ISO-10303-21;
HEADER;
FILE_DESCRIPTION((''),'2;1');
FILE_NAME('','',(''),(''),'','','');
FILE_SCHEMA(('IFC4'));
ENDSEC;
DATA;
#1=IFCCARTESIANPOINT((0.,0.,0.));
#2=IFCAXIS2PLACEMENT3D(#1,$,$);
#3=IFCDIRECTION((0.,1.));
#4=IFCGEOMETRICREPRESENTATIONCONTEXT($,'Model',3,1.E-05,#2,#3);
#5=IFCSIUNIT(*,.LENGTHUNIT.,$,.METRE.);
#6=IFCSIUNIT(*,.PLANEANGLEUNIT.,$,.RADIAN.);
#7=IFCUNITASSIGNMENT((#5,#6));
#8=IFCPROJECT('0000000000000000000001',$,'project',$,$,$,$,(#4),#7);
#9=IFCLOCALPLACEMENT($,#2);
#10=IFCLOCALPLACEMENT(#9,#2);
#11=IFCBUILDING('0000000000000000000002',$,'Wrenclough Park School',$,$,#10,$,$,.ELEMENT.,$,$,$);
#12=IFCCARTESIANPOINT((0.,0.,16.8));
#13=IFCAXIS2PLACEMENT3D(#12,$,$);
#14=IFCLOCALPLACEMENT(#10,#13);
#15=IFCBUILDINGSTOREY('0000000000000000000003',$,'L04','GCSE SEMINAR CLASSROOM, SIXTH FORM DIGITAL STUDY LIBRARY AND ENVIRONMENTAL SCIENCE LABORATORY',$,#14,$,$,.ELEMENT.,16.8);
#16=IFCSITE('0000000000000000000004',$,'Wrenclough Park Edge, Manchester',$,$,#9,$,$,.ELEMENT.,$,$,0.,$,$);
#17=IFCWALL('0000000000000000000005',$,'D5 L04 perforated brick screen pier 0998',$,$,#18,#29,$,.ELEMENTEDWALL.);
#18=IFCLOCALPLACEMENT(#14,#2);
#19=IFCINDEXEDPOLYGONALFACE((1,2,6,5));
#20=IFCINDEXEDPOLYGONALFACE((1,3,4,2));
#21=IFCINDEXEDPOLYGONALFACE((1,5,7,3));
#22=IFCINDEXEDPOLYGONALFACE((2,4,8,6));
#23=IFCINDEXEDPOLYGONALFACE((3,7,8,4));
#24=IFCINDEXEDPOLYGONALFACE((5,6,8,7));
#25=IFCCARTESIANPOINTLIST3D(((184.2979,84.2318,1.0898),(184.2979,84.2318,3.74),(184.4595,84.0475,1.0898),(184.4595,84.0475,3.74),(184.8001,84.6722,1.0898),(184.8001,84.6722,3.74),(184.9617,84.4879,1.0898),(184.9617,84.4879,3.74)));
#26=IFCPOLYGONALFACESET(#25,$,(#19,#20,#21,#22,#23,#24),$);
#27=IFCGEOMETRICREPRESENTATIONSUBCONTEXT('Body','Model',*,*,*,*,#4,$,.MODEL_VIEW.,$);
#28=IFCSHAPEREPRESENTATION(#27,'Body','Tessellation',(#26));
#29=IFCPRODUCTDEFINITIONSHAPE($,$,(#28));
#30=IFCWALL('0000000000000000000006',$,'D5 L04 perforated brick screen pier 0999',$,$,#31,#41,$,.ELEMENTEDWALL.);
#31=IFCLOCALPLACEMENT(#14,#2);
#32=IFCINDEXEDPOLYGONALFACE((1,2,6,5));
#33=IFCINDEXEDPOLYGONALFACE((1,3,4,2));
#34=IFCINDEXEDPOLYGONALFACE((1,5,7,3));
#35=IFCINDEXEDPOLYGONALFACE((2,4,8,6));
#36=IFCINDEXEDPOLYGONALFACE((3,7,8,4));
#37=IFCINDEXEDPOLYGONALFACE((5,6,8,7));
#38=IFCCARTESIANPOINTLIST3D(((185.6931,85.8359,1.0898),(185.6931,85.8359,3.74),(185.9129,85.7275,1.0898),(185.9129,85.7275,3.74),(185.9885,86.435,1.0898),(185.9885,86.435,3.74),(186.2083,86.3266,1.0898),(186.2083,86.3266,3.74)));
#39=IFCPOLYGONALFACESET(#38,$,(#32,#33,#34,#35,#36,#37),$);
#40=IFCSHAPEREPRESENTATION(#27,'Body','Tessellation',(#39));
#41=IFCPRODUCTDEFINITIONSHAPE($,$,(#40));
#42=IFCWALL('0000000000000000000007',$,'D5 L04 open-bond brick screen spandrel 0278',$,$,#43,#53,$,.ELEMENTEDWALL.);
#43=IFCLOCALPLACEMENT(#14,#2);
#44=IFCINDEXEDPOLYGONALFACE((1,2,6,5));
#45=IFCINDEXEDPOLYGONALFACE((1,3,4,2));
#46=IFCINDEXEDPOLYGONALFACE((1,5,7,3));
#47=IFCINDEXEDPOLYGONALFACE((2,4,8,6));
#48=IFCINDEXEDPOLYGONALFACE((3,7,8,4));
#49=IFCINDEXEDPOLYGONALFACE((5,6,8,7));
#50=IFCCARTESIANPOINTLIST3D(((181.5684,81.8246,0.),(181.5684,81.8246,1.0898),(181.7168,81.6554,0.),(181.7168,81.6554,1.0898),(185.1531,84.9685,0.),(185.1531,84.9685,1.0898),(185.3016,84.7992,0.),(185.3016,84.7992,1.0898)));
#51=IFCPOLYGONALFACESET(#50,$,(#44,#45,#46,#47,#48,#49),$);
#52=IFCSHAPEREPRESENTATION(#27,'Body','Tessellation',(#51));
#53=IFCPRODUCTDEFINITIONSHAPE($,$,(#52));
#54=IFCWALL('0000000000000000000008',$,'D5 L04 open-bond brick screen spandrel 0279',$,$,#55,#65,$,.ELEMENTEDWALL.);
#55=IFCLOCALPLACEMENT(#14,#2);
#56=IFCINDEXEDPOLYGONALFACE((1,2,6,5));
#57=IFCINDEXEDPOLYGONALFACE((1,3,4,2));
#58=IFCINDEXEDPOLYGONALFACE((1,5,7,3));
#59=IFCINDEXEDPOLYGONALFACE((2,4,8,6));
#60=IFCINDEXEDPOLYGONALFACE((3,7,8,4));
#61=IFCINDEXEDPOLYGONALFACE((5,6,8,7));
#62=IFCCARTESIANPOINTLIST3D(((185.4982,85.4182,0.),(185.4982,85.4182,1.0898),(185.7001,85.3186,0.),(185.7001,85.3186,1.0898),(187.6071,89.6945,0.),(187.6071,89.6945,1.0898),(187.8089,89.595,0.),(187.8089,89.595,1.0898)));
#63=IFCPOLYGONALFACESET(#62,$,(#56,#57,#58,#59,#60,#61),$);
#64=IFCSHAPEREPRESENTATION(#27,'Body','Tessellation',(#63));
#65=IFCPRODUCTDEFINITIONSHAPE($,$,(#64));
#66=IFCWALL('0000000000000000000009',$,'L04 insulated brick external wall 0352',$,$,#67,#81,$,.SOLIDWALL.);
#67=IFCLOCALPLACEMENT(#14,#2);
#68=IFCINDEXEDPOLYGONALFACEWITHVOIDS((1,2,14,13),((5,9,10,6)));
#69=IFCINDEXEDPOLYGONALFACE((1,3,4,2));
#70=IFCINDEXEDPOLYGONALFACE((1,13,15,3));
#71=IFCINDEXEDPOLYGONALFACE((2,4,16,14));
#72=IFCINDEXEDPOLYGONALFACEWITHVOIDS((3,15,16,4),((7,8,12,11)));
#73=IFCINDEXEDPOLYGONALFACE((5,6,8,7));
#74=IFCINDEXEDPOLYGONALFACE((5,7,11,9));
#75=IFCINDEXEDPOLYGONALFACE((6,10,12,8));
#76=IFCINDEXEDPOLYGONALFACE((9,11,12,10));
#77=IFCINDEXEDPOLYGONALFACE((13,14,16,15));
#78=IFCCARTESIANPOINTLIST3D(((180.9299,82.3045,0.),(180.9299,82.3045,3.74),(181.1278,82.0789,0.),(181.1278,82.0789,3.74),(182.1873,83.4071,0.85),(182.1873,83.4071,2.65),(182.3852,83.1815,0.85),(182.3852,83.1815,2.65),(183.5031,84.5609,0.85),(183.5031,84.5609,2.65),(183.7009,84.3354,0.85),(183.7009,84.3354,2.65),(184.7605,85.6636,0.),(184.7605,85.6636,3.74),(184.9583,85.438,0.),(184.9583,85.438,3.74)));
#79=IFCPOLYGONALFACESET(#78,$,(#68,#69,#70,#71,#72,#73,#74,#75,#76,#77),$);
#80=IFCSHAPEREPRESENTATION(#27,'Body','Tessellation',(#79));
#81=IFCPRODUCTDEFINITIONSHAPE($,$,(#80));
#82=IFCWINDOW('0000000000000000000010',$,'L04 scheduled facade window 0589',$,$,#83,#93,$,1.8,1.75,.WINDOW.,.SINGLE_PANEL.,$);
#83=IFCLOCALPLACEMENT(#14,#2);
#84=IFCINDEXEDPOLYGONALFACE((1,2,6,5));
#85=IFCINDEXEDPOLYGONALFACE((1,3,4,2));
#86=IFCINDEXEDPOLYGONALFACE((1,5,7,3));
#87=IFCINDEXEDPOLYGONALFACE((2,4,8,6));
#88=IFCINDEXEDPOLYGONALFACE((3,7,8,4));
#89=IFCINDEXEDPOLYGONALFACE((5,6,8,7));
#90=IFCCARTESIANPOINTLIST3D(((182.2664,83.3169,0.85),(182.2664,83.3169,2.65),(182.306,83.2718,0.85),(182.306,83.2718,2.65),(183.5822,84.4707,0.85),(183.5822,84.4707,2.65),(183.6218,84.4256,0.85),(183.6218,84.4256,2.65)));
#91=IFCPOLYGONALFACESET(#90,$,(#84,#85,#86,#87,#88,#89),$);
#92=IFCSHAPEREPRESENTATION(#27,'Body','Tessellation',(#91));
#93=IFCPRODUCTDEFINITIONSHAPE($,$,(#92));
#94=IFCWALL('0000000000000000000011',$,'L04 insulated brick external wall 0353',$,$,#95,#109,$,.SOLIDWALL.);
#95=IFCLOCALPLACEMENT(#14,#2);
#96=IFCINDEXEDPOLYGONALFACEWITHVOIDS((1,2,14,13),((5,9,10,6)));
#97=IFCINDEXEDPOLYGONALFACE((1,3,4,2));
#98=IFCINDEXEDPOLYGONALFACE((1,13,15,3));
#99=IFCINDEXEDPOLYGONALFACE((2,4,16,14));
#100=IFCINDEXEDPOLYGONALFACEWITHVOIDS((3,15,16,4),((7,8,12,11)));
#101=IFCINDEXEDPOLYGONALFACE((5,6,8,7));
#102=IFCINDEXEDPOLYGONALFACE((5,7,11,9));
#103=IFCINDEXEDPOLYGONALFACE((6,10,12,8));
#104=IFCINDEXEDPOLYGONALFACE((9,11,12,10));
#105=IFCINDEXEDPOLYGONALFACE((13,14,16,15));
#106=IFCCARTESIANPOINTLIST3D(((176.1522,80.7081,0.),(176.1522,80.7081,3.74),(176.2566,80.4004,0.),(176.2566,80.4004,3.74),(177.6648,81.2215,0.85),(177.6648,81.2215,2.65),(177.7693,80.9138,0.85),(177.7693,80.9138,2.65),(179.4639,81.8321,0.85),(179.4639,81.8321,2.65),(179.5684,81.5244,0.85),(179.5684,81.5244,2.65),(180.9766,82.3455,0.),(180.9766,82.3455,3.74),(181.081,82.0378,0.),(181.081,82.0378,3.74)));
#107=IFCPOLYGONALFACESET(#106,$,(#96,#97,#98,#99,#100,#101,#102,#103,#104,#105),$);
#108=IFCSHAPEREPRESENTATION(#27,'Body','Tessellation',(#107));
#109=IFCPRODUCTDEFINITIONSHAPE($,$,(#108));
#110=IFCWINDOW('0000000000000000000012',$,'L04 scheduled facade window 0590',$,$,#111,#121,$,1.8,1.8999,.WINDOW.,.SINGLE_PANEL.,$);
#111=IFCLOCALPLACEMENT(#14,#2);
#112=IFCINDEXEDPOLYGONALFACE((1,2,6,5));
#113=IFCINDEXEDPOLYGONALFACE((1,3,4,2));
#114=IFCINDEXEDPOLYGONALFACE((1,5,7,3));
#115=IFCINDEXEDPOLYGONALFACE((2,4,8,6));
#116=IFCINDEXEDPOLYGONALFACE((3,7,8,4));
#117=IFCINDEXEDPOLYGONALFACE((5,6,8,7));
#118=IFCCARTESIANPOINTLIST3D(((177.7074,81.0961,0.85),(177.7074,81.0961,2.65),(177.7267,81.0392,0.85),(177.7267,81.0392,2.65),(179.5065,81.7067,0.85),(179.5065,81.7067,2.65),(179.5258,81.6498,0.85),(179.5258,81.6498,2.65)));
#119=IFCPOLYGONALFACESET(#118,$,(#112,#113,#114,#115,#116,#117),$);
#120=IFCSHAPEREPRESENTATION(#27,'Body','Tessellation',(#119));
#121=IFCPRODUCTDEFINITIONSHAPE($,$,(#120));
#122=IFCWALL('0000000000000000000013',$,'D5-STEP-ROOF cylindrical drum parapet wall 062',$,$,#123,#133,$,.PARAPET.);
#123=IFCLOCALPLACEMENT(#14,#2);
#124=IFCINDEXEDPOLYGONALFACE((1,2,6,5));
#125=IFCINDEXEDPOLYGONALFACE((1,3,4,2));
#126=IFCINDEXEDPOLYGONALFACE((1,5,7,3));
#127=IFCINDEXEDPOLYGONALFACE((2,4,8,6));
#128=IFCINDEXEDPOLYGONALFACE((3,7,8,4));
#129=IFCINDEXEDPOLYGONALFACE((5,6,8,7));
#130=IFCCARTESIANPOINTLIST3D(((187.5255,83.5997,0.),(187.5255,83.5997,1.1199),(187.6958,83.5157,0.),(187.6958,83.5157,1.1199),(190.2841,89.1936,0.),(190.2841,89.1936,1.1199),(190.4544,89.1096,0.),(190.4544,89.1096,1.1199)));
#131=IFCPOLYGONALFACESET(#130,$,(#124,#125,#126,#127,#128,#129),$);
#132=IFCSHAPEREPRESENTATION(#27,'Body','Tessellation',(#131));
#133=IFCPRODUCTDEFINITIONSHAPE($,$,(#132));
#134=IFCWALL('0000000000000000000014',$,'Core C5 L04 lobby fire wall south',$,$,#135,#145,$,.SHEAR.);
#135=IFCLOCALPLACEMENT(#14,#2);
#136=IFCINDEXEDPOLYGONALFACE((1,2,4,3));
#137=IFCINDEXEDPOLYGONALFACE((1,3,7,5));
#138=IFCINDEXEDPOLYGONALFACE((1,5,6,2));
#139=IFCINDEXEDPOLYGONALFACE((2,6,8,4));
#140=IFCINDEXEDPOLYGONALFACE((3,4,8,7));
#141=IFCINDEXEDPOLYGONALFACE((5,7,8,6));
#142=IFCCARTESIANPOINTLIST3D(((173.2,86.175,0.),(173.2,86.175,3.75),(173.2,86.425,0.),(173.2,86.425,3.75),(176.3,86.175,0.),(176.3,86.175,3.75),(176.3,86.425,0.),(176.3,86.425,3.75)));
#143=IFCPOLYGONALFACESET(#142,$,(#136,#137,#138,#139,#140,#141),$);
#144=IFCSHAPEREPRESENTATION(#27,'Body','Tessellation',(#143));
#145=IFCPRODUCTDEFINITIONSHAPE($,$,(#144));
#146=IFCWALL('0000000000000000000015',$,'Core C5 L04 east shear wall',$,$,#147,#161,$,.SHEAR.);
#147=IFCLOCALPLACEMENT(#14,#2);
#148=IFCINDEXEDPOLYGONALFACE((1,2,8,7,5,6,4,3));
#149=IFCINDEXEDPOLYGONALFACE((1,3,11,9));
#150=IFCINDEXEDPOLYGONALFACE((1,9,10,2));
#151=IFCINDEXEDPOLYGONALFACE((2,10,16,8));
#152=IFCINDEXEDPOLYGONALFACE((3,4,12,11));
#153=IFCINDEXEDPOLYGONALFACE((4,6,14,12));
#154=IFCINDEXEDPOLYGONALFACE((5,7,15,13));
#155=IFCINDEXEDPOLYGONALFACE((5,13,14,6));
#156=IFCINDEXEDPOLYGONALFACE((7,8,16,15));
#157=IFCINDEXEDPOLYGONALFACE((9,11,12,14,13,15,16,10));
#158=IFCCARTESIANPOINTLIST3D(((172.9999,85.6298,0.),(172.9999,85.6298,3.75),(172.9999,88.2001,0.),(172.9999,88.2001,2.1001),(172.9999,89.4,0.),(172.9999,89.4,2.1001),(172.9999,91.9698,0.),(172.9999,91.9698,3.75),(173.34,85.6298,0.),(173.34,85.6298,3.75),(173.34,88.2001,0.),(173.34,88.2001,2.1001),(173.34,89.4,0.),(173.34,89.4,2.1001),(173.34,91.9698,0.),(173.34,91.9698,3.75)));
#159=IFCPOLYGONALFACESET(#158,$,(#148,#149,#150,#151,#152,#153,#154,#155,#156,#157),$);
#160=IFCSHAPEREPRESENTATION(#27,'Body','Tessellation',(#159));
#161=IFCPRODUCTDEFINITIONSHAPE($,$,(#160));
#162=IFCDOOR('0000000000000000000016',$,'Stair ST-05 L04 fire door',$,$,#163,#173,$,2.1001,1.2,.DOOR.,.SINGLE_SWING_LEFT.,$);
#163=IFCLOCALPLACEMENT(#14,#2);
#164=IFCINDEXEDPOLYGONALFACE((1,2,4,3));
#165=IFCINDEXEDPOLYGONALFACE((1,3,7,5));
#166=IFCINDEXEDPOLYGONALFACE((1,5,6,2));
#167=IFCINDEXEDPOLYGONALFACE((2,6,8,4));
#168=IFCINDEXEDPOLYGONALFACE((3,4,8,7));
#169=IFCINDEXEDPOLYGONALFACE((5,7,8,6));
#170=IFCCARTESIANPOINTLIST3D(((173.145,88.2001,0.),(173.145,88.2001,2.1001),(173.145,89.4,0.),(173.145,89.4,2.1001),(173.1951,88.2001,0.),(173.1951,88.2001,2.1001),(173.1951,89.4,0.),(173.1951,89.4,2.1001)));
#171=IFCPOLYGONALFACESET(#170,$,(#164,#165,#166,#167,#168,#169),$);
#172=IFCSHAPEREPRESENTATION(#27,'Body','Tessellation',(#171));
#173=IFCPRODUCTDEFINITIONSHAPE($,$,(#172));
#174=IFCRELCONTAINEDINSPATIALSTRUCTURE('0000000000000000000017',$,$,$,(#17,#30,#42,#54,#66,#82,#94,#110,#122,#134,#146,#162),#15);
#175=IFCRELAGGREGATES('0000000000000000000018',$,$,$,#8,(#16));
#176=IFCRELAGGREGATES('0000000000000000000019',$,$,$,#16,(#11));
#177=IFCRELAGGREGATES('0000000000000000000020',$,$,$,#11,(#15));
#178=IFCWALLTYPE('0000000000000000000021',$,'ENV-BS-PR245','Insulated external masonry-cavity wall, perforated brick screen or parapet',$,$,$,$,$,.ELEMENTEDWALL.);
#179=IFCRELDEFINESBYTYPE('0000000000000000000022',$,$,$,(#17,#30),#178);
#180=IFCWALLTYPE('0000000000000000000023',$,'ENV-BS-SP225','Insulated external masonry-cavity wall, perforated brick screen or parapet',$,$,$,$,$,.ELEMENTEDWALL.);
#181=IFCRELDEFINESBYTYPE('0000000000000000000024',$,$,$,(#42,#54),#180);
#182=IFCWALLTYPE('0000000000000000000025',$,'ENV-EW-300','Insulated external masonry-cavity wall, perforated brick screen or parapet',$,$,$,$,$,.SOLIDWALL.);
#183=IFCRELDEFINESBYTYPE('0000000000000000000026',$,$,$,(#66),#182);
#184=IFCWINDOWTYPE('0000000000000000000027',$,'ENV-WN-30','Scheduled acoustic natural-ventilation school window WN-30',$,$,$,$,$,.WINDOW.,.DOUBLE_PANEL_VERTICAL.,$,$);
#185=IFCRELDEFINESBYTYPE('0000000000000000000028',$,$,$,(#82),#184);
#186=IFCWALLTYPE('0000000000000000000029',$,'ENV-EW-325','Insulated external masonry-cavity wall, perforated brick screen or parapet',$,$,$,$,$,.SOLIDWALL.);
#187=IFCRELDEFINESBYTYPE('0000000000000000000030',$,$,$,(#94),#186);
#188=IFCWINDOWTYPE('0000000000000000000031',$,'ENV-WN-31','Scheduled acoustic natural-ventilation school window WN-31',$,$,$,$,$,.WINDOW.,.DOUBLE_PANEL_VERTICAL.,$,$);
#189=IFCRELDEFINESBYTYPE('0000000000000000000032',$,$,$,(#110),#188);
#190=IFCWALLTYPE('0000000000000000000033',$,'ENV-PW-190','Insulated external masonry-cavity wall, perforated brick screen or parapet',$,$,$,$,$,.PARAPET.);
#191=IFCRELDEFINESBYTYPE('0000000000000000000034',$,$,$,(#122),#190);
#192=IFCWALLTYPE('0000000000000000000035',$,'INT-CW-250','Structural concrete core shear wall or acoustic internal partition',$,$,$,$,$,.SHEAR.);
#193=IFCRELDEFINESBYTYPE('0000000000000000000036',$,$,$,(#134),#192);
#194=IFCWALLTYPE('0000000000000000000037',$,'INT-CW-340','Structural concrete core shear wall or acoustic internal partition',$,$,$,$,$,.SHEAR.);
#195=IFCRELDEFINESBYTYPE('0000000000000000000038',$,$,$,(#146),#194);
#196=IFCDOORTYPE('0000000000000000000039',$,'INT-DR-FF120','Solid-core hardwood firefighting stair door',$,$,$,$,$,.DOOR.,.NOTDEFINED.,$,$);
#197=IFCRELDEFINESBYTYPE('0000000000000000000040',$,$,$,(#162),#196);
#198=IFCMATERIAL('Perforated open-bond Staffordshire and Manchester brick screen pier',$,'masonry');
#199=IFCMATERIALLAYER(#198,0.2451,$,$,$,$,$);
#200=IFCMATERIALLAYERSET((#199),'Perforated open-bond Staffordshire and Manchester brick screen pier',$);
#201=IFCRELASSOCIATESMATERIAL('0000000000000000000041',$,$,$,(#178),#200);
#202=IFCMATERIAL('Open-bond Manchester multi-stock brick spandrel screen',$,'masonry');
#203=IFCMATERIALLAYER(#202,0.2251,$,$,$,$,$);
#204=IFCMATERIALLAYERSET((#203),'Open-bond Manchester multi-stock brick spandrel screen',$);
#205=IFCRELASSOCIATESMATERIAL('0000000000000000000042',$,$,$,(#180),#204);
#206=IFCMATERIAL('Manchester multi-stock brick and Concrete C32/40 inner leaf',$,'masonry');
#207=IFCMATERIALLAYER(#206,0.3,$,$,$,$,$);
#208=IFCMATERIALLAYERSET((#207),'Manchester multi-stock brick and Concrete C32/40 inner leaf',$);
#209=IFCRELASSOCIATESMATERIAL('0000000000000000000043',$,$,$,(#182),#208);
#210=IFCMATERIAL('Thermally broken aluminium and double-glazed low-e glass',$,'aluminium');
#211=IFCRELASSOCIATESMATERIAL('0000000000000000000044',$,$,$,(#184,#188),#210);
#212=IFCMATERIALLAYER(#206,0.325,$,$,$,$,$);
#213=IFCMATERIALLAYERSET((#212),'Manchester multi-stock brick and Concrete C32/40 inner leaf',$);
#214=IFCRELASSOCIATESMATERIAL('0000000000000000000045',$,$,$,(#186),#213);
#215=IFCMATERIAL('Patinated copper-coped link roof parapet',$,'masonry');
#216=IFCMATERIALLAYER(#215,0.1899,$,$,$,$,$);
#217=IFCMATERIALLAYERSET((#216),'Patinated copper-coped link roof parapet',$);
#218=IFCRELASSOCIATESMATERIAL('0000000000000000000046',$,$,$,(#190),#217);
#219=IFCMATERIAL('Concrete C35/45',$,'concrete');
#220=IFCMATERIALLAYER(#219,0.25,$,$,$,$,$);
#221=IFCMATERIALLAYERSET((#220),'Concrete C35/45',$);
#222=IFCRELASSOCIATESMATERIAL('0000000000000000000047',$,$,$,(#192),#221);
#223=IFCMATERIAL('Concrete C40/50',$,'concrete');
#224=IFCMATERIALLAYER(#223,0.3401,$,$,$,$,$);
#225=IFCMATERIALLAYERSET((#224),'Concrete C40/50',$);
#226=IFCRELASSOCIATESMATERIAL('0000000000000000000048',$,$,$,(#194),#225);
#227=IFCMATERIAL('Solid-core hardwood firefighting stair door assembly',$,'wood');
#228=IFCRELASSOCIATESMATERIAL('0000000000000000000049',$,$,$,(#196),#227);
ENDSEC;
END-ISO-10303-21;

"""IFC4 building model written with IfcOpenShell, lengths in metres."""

from ifc_helpers import new_model, si_unit, direction, frame, frame_2d, origin, place, context, subcontext, project, spatial, rectangle, extrude, material, layer, layer_set, type_object, element, fill, save


model = new_model("IFC4")

# Units and contexts
model_context = context("Model", 3, precision=1e-05, world=origin(), true_north=direction((0.0, 1.0)))
body_context = subcontext(model_context, "Body", "Model", "MODEL_VIEW")
ifc_project = project(units=[si_unit("LENGTHUNIT", "METRE"), si_unit("PLANEANGLEUNIT", "RADIAN")], contexts=[model_context])

# Site, building, storey
site_placement = place(None, origin())
site = spatial("IfcSite", under=ifc_project, at=site_placement, Name="Wrenclough Park Edge, Manchester", CompositionType="ELEMENT", RefElevation=0.0)
building_placement = place(site_placement, origin())
building = spatial("IfcBuilding", under=site, at=building_placement, Name="Wrenclough Park School", CompositionType="ELEMENT")
storey_placement = place(building_placement, frame((0.0, 0.0, 16.8)))
storey = spatial("IfcBuildingStorey", under=building, at=storey_placement, Name="L04", Description="GCSE SEMINAR CLASSROOM, SIXTH FORM DIGITAL STUDY LIBRARY AND ENVIRONMENTAL SCIENCE LABORATORY", CompositionType="ELEMENT", Elevation=16.8)

# Shared definitions
ifc_material_1 = material(Name="Concrete C40/50", Category="concrete")

# Shared definitions
ifc_material_2 = material(Name="Concrete C35/45", Category="concrete")

# Walls
ifc_material_3 = material(Name="Perforated open-bond Staffordshire and Manchester brick screen pier", Category="masonry")
ifc_layer_1 = layer(ifc_material_3, 0.2451)
ifc_layer_set_1 = layer_set([ifc_layer_1], Name="Perforated open-bond Staffordshire and Manchester brick screen pier")
wall_type_1 = type_object("IfcWallType", Name="ENV-BS-PR245", Description="Insulated external masonry-cavity wall, perforated brick screen or parapet", PredefinedType="ELEMENTEDWALL", material=ifc_layer_set_1)
for number, where, z_axis, x_axis, name in (
    (1, (184.3787, 84.1396, 1.0898), (0.0, 0.0, 1.0), (0.751829, 0.659358, 0.0), "D5 L04 perforated brick screen pier 0998"),
    (2, (185.803, 85.7817, 1.0898), (0.0, 0.0, 1.0), (0.442236, 0.896899, 0.0), "D5 L04 perforated brick screen pier 0999"),
):
    element("IfcWall", number, at=place(storey_placement, frame(where, z_axis=z_axis, x_axis=x_axis)), inside=storey, type_object=wall_type_1, Name=name, PredefinedType="ELEMENTEDWALL", context=body_context, shape_type="SweptSolid", body=[
        extrude(rectangle(XDim=0.668, YDim=0.2451, at=frame_2d((0.334, 0.0))), origin(), (0.0, 0.0, 1.0), 2.6501),
    ])
ifc_material_4 = material(Name="Open-bond Manchester multi-stock brick spandrel screen", Category="masonry")
ifc_layer_2 = layer(ifc_material_4, 0.2251)
ifc_layer_set_2 = layer_set([ifc_layer_2], Name="Open-bond Manchester multi-stock brick spandrel screen")
wall_type_2 = type_object("IfcWallType", Name="ENV-BS-SP225", Description="Insulated external masonry-cavity wall, perforated brick screen or parapet", PredefinedType="ELEMENTEDWALL", material=ifc_layer_set_2)
for number, where, z_axis, x_axis, name in (
    (3, (181.6426, 81.74, 0.0), (0.0, 0.0, 1.0), (0.751831, 0.659356, 0.0), "D5 L04 open-bond brick screen spandrel 0278"),
    (4, (185.5991, 85.3684, 0.0), (0.0, 0.0, 1.0), (0.442291, 0.896871, 0.0), "D5 L04 open-bond brick screen spandrel 0279"),
):
    element("IfcWall", number, at=place(storey_placement, frame(where, z_axis=z_axis, x_axis=x_axis)), inside=storey, type_object=wall_type_2, Name=name, PredefinedType="ELEMENTEDWALL", context=body_context, shape_type="SweptSolid", body=[
        extrude(rectangle(XDim=4.7681, YDim=0.2251, at=frame_2d((2.384, 0.0))), origin(), (0.0, 0.0, 1.0), 1.0898),
    ])

# Walls, openings, windows
ifc_material_5 = material(Name="Manchester multi-stock brick and Concrete C32/40 inner leaf", Category="masonry")
ifc_layer_3 = layer(ifc_material_5, 0.3)
ifc_layer_set_3 = layer_set([ifc_layer_3], Name="Manchester multi-stock brick and Concrete C32/40 inner leaf")
wall_type_3 = type_object("IfcWallType", Name="ENV-EW-300", Description="Insulated external masonry-cavity wall, perforated brick screen or parapet", PredefinedType="SOLIDWALL", material=ifc_layer_set_3)
wall_1_placement = place(storey_placement, frame((184.8594, 85.5508, 0.0), z_axis=(0.0, 0.0, 1.0), x_axis=(-0.751858, -0.659325, 0.0)))
wall_1 = element("IfcWall", 5, at=wall_1_placement, inside=storey, type_object=wall_type_3, Name="L04 insulated brick external wall 0352", PredefinedType="SOLIDWALL", context=body_context, shape_type="SweptSolid", body=[
    extrude(rectangle(XDim=5.0947, YDim=0.3, at=frame_2d((2.5474, 0.0))), origin(), (0.0, 0.0, 1.0), 3.74),
])
opening_1_placement = place(wall_1_placement, frame((1.6724, 0.0, 0.8501)))
opening_1 = element("IfcOpeningElement", 6, at=opening_1_placement, cuts=wall_1, PredefinedType="OPENING", context=body_context, shape_type="SweptSolid", body=[
    extrude(rectangle(XDim=1.75, YDim=1.8, at=frame_2d((0.875, 0.8999))), frame((0.0, 0.1599, 0.0), z_axis=(0.0, -1.0, 0.0), x_axis=(1.0, 0.0, 0.0)), (0.0, 0.0, 1.0), 0.3201),
])
ifc_material_6 = material(Name="Thermally broken aluminium and double-glazed low-e glass", Category="aluminium")
window_type_1 = type_object("IfcWindowType", Name="ENV-WN-30", Description="Scheduled acoustic natural-ventilation school window WN-30", PartitioningType="DOUBLE_PANEL_VERTICAL", PredefinedType="WINDOW", material=ifc_material_6)
window_1_placement = place(opening_1_placement, origin())
window_1 = element("IfcWindow", 7, at=window_1_placement, inside=storey, type_object=window_type_1, Name="L04 scheduled facade window 0589", OverallHeight=1.8, OverallWidth=1.75, PartitioningType="SINGLE_PANEL", PredefinedType="WINDOW", context=body_context, shape_type="SweptSolid", body=[
    extrude(rectangle(XDim=1.75, YDim=1.8, at=frame_2d((0.875, 0.8999))), frame((0.0, 0.03, 0.0), z_axis=(0.0, -1.0, 0.0), x_axis=(1.0, 0.0, 0.0)), (0.0, 0.0, 1.0), 0.0601),
])
fill(opening_1, window_1)
ifc_layer_4 = layer(ifc_material_5, 0.325)
ifc_layer_set_4 = layer_set([ifc_layer_4], Name="Manchester multi-stock brick and Concrete C32/40 inner leaf")
wall_type_4 = type_object("IfcWallType", Name="ENV-EW-325", Description="Insulated external masonry-cavity wall, perforated brick screen or parapet", PredefinedType="SOLIDWALL", material=ifc_layer_set_4)
wall_2_placement = place(storey_placement, frame((181.0288, 82.1917, 0.0), z_axis=(0.0, 0.0, 1.0), x_axis=(-0.946944, -0.321398, 0.0)))
wall_2 = element("IfcWall", 8, at=wall_2_placement, inside=storey, type_object=wall_type_4, Name="L04 insulated brick external wall 0353", PredefinedType="SOLIDWALL", context=body_context, shape_type="SweptSolid", body=[
    extrude(rectangle(XDim=5.0947, YDim=0.325, at=frame_2d((2.5474, 0.0))), origin(), (0.0, 0.0, 1.0), 3.74),
])
opening_2_placement = place(wall_2_placement, frame((1.5974, 0.0, 0.8501)))
opening_2 = element("IfcOpeningElement", 9, at=opening_2_placement, cuts=wall_2, PredefinedType="OPENING", context=body_context, shape_type="SweptSolid", body=[
    extrude(rectangle(XDim=1.8999, YDim=1.8, at=frame_2d((0.95, 0.8999))), frame((0.0, 0.1724, 0.0), z_axis=(0.0, -1.0, 0.0), x_axis=(1.0, 0.0, 0.0)), (0.0, 0.0, 1.0), 0.345),
])
window_type_2 = type_object("IfcWindowType", Name="ENV-WN-31", Description="Scheduled acoustic natural-ventilation school window WN-31", PartitioningType="DOUBLE_PANEL_VERTICAL", PredefinedType="WINDOW", material=ifc_material_6)
window_2_placement = place(opening_2_placement, origin())
window_2 = element("IfcWindow", 10, at=window_2_placement, inside=storey, type_object=window_type_2, Name="L04 scheduled facade window 0590", OverallHeight=1.8, OverallWidth=1.8999, PartitioningType="SINGLE_PANEL", PredefinedType="WINDOW", context=body_context, shape_type="SweptSolid", body=[
    extrude(rectangle(XDim=1.8999, YDim=1.8, at=frame_2d((0.95, 0.8999))), frame((0.0, 0.03, 0.0), z_axis=(0.0, -1.0, 0.0), x_axis=(1.0, 0.0, 0.0)), (0.0, 0.0, 1.0), 0.0601),
])
fill(opening_2, window_2)

# Walls
ifc_material_7 = material(Name="Patinated copper-coped link roof parapet", Category="masonry")
ifc_layer_5 = layer(ifc_material_7, 0.1899)
ifc_layer_set_5 = layer_set([ifc_layer_5], Name="Patinated copper-coped link roof parapet")
wall_type_5 = type_object("IfcWallType", Name="ENV-PW-190", Description="Insulated external masonry-cavity wall, perforated brick screen or parapet", PredefinedType="PARAPET", material=ifc_layer_set_5)
wall_3_placement = place(storey_placement, frame((187.6106, 83.5576, 0.0), z_axis=(0.0, 0.0, 1.0), x_axis=(0.44229, 0.896872, 0.0)))
element("IfcWall", 11, at=wall_3_placement, inside=storey, type_object=wall_type_5, Name="D5-STEP-ROOF cylindrical drum parapet wall 062", PredefinedType="PARAPET", context=body_context, shape_type="SweptSolid", body=[
    extrude(rectangle(XDim=6.2371, YDim=0.1899, at=frame_2d((3.1187, 0.0))), origin(), (0.0, 0.0, 1.0), 1.1199),
])
ifc_layer_6 = layer(ifc_material_2, 0.25)
ifc_layer_set_6 = layer_set([ifc_layer_6], Name="Concrete C35/45")
wall_type_6 = type_object("IfcWallType", Name="INT-CW-250", Description="Structural concrete core shear wall or acoustic internal partition", PredefinedType="SHEAR", material=ifc_layer_set_6)
wall_4_placement = place(storey_placement, frame((173.2, 86.3, 0.0), z_axis=(0.0, 0.0, 1.0), x_axis=(1.0, 0.0, 0.0)))
element("IfcWall", 12, at=wall_4_placement, inside=storey, type_object=wall_type_6, Name="Core C5 L04 lobby fire wall south", PredefinedType="SHEAR", context=body_context, shape_type="SweptSolid", body=[
    extrude(rectangle(XDim=3.1001, YDim=0.25, at=frame_2d((1.55, 0.0))), origin(), (0.0, 0.0, 1.0), 3.75),
])

# Wall, opening, door
ifc_layer_7 = layer(ifc_material_1, 0.3401)
ifc_layer_set_7 = layer_set([ifc_layer_7], Name="Concrete C40/50")
wall_type_7 = type_object("IfcWallType", Name="INT-CW-340", Description="Structural concrete core shear wall or acoustic internal partition", PredefinedType="SHEAR", material=ifc_layer_set_7)
wall_5_placement = place(storey_placement, frame((173.1699, 85.6299, 0.0), z_axis=(0.0, 0.0, 1.0), x_axis=(0.0, 1.0, 0.0)))
wall_5 = element("IfcWall", 13, at=wall_5_placement, inside=storey, type_object=wall_type_7, Name="Core C5 L04 east shear wall", PredefinedType="SHEAR", context=body_context, shape_type="SweptSolid", body=[
    extrude(rectangle(XDim=6.3401, YDim=0.3401, at=frame_2d((3.1699, 0.0))), origin(), (0.0, 0.0, 1.0), 3.75),
])
opening_3_placement = place(wall_5_placement, frame((2.5701, 0.0, 0.0)))
opening_3 = element("IfcOpeningElement", 14, at=opening_3_placement, cuts=wall_5, PredefinedType="OPENING", context=body_context, shape_type="SweptSolid", body=[
    extrude(rectangle(XDim=1.2, YDim=2.1001, at=frame_2d((0.6001, 1.05))), frame((0.0, 0.1799, 0.0), z_axis=(0.0, -1.0, 0.0), x_axis=(1.0, 0.0, 0.0)), (0.0, 0.0, 1.0), 0.3601),
])
ifc_material_8 = material(Name="Solid-core hardwood firefighting stair door assembly", Category="wood")
door_type = type_object("IfcDoorType", Name="INT-DR-FF120", Description="Solid-core hardwood firefighting stair door", OperationType="NOTDEFINED", PredefinedType="DOOR", material=ifc_material_8)
door_placement = place(opening_3_placement, origin())
door = element("IfcDoor", 15, at=door_placement, inside=storey, type_object=door_type, Name="Stair ST-05 L04 fire door", OperationType="SINGLE_SWING_LEFT", OverallHeight=2.1001, OverallWidth=1.2, PredefinedType="DOOR", context=body_context, shape_type="SweptSolid", body=[
    extrude(rectangle(XDim=1.2, YDim=2.1001, at=frame_2d((0.6001, 1.05))), frame((0.0, 0.0249, 0.0), z_axis=(0.0, -1.0, 0.0), x_axis=(1.0, 0.0, 0.0)), (0.0, 0.0, 1.0), 0.05),
])
fill(opening_3, door)

save(model, "model.ifc")
